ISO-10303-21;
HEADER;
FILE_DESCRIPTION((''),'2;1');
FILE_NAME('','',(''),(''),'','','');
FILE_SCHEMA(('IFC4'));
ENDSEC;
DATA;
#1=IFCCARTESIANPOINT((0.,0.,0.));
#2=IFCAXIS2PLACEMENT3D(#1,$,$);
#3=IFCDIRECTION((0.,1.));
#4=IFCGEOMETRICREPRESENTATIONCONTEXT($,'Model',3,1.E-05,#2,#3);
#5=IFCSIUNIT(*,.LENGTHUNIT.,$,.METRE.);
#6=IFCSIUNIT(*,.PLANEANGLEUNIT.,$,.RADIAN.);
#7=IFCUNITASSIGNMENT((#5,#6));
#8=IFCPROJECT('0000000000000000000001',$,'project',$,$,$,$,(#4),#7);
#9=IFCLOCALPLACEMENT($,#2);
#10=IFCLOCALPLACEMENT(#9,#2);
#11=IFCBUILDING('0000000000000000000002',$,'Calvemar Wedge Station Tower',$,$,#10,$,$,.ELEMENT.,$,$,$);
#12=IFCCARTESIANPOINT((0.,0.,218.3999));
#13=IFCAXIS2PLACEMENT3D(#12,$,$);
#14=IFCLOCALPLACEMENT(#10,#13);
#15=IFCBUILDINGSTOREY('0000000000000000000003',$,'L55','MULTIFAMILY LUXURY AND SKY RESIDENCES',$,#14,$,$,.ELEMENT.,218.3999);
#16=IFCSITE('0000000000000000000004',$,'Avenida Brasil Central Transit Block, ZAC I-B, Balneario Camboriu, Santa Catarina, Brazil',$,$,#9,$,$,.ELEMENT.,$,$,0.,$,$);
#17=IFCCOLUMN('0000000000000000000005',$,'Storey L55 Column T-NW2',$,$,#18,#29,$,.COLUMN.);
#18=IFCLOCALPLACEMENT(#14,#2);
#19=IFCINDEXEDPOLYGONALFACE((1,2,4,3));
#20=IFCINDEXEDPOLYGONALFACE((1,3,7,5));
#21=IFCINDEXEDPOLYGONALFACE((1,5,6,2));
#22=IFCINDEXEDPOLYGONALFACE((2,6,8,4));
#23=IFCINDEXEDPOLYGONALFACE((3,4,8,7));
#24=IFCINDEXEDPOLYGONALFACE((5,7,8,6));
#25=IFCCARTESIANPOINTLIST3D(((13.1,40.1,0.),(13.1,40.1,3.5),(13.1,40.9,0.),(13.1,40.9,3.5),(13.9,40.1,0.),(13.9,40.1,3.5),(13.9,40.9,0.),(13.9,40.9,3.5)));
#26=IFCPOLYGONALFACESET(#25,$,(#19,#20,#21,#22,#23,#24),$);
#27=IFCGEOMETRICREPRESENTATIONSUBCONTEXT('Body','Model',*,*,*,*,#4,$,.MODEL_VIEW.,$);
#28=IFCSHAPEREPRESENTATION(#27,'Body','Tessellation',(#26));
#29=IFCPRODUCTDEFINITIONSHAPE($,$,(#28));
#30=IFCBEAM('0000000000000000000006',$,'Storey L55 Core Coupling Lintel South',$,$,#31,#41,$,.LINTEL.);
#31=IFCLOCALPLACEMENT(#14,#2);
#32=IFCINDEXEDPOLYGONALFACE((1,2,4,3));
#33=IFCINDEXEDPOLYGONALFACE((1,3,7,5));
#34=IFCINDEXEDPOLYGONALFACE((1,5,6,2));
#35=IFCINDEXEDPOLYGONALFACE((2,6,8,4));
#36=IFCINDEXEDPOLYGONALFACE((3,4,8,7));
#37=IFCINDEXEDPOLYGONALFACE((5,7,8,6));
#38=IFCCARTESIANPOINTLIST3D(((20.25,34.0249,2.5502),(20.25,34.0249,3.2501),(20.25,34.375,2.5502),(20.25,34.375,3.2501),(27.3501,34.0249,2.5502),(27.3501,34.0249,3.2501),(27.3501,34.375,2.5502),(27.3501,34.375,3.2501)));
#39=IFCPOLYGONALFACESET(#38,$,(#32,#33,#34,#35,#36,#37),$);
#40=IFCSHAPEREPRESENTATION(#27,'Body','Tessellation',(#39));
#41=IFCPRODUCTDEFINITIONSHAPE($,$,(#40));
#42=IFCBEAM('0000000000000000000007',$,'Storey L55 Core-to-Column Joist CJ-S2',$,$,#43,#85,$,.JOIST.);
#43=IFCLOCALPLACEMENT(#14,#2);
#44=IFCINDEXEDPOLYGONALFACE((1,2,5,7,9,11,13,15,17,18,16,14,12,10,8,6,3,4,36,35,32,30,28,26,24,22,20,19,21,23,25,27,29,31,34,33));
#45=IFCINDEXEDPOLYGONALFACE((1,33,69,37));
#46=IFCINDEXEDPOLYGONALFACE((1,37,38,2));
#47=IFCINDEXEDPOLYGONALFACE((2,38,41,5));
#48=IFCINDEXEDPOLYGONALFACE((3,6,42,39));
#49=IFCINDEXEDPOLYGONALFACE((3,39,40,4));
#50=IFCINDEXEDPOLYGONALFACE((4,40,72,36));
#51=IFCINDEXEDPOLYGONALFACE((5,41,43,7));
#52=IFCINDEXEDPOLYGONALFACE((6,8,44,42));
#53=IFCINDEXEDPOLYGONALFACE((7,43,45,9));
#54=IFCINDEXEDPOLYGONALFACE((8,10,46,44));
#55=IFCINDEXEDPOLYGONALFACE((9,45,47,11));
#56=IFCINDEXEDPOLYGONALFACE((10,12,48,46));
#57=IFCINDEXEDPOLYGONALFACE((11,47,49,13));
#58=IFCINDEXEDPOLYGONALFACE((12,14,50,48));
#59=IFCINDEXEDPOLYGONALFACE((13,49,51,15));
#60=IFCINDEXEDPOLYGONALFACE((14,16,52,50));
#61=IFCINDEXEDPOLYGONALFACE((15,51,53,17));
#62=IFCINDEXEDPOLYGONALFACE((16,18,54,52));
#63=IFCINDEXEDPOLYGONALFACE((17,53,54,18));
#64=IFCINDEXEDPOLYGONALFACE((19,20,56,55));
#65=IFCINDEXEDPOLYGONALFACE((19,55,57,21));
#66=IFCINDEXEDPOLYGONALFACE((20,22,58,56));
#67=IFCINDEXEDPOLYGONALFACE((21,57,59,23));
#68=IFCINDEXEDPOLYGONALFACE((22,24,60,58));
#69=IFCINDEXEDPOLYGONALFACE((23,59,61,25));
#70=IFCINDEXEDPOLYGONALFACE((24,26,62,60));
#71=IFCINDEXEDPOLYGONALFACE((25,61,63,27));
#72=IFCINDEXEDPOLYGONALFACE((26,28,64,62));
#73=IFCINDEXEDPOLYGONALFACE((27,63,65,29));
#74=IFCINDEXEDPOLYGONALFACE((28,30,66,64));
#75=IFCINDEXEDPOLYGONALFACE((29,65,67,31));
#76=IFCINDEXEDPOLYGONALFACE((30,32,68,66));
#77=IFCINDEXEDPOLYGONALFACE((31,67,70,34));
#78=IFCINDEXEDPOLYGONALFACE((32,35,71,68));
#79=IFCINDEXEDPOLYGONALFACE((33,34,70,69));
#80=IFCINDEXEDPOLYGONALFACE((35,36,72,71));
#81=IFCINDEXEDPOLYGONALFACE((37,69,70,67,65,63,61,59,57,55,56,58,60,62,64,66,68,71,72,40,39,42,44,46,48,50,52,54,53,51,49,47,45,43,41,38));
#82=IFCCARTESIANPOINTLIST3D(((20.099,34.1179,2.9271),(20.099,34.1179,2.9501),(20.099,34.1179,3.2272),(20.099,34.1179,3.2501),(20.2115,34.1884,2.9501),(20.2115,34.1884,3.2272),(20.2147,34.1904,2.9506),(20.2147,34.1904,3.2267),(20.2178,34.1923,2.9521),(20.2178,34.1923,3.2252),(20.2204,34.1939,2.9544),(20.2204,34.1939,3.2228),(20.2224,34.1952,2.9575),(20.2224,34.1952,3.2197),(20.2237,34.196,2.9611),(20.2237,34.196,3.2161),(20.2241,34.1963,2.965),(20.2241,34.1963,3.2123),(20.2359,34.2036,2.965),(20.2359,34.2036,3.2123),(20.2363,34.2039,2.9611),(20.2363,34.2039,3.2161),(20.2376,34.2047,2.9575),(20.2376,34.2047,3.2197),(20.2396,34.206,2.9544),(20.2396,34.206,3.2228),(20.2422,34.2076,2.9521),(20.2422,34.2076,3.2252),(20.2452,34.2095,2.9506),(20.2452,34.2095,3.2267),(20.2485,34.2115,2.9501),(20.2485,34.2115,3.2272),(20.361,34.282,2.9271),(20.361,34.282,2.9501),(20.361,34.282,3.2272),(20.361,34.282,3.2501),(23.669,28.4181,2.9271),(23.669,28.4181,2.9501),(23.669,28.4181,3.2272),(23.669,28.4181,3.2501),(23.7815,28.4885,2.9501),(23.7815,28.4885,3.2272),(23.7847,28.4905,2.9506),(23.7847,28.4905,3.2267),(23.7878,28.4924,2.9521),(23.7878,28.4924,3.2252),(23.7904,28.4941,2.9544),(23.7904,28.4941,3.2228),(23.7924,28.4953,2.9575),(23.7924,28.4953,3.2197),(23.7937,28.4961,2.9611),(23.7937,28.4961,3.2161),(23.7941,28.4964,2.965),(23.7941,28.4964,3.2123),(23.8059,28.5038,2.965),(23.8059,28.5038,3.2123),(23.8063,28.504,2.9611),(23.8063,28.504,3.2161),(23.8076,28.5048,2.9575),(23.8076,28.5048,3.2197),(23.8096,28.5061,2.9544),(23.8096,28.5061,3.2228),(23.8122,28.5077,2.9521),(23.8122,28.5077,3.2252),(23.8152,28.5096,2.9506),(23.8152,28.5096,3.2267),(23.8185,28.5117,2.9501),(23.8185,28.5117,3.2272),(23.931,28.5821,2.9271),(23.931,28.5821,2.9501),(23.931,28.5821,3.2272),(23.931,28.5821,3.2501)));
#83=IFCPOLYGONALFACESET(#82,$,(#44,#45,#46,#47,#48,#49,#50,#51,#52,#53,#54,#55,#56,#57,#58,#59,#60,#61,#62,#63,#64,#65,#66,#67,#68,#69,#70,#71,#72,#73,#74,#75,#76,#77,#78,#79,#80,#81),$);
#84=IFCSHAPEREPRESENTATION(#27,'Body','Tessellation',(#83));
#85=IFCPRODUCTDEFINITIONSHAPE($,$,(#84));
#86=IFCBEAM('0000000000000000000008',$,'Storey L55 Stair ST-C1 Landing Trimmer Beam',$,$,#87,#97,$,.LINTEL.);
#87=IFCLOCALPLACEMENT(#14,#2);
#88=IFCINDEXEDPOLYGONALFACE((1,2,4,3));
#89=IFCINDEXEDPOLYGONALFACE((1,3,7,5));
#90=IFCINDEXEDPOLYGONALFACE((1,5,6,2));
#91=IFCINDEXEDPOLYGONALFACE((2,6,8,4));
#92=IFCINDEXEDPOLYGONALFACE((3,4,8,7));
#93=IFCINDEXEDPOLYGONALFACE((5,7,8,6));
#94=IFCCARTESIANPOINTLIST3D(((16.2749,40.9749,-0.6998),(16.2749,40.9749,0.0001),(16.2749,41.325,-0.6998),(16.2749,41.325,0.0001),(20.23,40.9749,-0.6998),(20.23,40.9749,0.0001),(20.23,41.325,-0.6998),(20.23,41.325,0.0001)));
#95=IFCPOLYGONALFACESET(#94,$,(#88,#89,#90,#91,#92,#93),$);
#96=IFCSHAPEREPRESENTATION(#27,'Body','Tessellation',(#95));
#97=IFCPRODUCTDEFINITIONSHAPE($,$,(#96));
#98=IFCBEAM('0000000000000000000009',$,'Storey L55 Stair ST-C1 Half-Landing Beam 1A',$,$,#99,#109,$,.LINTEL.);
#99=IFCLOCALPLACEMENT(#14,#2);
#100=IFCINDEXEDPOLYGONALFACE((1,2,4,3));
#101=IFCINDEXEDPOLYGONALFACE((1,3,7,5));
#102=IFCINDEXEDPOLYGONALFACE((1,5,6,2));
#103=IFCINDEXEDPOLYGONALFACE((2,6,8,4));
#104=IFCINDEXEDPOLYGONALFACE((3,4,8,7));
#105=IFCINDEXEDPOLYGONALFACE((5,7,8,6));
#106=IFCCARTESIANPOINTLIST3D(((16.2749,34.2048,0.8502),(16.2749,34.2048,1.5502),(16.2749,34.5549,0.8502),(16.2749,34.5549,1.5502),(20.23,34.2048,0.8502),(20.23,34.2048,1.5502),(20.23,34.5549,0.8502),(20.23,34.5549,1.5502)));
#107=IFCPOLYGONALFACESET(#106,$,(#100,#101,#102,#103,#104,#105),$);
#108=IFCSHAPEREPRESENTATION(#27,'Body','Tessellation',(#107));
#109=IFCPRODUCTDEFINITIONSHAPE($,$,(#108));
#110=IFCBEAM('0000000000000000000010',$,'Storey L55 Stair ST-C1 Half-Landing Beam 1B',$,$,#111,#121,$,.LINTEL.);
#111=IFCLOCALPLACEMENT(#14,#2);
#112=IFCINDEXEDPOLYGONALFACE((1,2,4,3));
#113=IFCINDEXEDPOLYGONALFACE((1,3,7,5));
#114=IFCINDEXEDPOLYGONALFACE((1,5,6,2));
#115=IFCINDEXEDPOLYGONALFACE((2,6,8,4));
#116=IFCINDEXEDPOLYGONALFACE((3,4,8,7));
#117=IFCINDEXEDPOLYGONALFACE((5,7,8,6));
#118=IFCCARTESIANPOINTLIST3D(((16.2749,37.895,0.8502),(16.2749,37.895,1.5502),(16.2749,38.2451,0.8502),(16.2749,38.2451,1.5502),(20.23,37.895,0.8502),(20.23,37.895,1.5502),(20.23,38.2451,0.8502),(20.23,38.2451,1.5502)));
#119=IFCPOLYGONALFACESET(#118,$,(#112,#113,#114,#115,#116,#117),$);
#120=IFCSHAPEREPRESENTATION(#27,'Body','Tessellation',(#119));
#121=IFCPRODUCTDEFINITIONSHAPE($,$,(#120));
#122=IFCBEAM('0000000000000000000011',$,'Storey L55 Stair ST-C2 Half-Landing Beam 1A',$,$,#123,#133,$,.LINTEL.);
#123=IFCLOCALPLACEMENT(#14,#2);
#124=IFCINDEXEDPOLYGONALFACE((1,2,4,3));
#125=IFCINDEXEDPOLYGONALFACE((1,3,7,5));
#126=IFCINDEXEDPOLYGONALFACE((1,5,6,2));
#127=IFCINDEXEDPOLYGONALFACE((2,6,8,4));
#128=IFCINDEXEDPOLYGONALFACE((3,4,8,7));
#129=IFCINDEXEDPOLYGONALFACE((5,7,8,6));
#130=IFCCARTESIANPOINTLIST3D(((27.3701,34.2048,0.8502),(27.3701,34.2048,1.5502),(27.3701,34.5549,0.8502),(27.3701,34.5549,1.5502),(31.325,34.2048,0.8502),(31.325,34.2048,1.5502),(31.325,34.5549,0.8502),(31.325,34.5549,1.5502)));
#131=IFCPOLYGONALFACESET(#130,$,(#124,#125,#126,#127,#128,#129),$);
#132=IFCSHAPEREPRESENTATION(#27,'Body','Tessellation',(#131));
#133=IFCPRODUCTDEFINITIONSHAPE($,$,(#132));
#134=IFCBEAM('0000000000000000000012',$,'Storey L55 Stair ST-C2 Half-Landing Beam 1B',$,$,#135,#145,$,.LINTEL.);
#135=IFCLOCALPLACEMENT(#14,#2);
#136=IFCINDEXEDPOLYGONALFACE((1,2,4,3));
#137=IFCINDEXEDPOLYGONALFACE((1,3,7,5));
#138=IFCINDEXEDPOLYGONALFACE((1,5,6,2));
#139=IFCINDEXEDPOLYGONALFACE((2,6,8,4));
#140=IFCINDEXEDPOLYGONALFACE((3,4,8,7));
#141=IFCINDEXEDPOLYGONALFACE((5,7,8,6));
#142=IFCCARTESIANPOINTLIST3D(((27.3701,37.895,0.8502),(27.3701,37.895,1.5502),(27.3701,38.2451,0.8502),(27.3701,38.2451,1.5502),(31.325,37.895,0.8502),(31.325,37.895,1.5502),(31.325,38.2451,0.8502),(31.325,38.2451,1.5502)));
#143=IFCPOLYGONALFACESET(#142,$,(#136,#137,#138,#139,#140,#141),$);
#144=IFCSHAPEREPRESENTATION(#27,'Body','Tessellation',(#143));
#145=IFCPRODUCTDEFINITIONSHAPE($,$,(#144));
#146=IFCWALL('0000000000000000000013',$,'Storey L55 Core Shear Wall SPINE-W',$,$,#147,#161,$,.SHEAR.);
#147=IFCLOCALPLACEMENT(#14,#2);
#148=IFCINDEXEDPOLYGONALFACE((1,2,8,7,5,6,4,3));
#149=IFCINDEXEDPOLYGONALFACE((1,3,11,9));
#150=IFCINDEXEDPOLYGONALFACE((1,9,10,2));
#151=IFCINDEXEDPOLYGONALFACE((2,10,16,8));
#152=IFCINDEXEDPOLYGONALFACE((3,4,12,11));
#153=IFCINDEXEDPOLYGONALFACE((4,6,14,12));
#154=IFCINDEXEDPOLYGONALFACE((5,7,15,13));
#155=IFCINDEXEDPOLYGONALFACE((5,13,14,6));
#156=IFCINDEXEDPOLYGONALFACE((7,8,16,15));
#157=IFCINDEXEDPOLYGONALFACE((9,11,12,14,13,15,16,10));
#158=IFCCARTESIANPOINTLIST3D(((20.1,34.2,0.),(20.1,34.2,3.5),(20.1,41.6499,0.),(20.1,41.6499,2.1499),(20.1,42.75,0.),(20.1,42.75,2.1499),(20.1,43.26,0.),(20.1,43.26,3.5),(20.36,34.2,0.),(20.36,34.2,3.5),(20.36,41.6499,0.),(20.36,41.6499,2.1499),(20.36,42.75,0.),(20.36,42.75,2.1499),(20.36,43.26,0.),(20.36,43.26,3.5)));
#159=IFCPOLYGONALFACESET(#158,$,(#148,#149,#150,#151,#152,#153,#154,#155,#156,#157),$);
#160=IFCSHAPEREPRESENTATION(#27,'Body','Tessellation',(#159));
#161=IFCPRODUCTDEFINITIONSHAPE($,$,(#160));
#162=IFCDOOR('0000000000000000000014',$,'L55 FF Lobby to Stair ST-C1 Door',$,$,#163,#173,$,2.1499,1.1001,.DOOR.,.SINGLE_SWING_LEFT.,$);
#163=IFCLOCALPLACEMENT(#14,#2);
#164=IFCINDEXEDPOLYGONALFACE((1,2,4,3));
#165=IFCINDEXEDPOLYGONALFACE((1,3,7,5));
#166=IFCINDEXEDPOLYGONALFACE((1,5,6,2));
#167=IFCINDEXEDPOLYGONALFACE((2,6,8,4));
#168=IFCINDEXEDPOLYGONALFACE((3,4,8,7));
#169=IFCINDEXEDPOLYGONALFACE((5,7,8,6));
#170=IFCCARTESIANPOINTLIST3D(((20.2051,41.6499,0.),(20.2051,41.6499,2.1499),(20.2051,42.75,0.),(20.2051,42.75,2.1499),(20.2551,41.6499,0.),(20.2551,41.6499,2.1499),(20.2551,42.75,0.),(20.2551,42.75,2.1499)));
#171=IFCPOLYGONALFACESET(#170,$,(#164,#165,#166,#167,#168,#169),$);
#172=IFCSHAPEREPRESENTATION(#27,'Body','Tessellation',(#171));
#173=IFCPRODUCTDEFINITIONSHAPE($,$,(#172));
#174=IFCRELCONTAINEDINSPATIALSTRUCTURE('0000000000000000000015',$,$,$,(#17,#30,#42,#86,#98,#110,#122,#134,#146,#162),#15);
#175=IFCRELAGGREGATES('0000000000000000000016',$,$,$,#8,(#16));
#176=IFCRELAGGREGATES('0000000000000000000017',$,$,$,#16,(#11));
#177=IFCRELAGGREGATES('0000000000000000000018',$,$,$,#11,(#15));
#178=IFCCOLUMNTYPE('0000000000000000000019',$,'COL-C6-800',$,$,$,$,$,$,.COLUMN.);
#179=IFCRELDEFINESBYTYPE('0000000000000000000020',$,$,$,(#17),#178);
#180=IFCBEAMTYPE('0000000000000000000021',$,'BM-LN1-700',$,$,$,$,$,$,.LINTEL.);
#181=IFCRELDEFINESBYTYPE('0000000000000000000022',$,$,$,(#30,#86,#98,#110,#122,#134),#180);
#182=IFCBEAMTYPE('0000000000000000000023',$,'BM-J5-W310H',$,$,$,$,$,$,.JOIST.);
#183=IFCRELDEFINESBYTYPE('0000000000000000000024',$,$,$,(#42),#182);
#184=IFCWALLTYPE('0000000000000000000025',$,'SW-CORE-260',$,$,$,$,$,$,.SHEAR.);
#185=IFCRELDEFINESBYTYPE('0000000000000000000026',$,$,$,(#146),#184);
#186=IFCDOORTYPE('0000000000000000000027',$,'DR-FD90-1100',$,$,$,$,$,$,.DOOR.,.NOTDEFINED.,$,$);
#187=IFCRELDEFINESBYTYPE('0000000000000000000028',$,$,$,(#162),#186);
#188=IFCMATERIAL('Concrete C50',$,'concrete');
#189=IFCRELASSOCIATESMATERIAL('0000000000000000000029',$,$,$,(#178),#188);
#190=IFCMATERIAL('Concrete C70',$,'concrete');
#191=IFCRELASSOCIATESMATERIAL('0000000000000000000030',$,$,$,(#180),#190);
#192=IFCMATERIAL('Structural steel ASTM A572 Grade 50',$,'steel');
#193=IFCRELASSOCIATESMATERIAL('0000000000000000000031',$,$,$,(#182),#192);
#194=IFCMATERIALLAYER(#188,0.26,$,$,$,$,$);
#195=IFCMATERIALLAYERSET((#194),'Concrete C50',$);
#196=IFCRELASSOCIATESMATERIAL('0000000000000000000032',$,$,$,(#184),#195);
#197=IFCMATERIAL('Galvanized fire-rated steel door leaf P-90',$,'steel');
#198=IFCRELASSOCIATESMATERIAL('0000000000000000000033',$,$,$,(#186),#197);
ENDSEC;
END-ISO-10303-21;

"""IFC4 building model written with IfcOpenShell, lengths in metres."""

from ifc_helpers import new_model, si_unit, direction, frame, frame_2d, origin, origin_2d, place, context, subcontext, project, spatial, rectangle, i_section, extrude, source, transform, mapped, material, layer, layer_set, material_profile, profile_set, type_object, element, fill, save


model = new_model("IFC4")

# Units and contexts
model_context = context("Model", 3, precision=1e-05, world=origin(), true_north=direction((0.0, 1.0)))
body_context = subcontext(model_context, "Body", "Model", "MODEL_VIEW")
ifc_project = project(units=[si_unit("LENGTHUNIT", "METRE"), si_unit("PLANEANGLEUNIT", "RADIAN")], contexts=[model_context])

# Site, building, storey
site_placement = place(None, origin())
site = spatial("IfcSite", under=ifc_project, at=site_placement, Name="Avenida Brasil Central Transit Block, ZAC I-B, Balneario Camboriu, Santa Catarina, Brazil", CompositionType="ELEMENT", RefElevation=0.0)
building_placement = place(site_placement, origin())
building = spatial("IfcBuilding", under=site, at=building_placement, Name="Calvemar Wedge Station Tower", CompositionType="ELEMENT")
storey_placement = place(building_placement, frame((0.0, 0.0, 218.3999)))
storey = spatial("IfcBuildingStorey", under=building, at=storey_placement, Name="L55", Description="MULTIFAMILY LUXURY AND SKY RESIDENCES", CompositionType="ELEMENT", Elevation=218.3999)

# Column
ifc_material_1 = material(Name="Concrete C50", Category="concrete")
ifc_material_profile_1 = material_profile(ifc_material_1, rectangle(XDim=0.8, YDim=0.8, at=origin_2d()), Name="RC800x800")
ifc_profile_set_1 = profile_set([ifc_material_profile_1], Name="Concrete C50")
column_type = type_object("IfcColumnType", Name="COL-C6-800", PredefinedType="COLUMN", material=ifc_profile_set_1)
shared_shape_1 = source(origin(), body_context, "Body", "SweptSolid", [
    extrude(rectangle(XDim=0.8, YDim=0.8, at=origin_2d()), origin(), (0.0, 0.0, 1.0), 3.5),
])
column_placement = place(storey_placement, frame((13.5, 40.5, 0.0), z_axis=(0.0, 0.0, 1.0), x_axis=(1.0, 0.0, 0.0)))
element("IfcColumn", 1, at=column_placement, inside=storey, type_object=column_type, Name="Storey L55 Column T-NW2", PredefinedType="COLUMN", context=body_context, shape_type="MappedRepresentation", body=[
    mapped(shared_shape_1, transform((0.0, 0.0, 0.0), scale=1.0)),
])

# Beams
ifc_material_2 = material(Name="Concrete C70", Category="concrete")
ifc_material_profile_2 = material_profile(ifc_material_2, rectangle(XDim=0.3501, YDim=0.7, at=origin_2d()), Name="RC350x700")
ifc_profile_set_2 = profile_set([ifc_material_profile_2], Name="Concrete C70")
beam_type_1 = type_object("IfcBeamType", Name="BM-LN1-700", PredefinedType="LINTEL", material=ifc_profile_set_2)
shared_shape_2 = source(origin(), body_context, "Body", "SweptSolid", [
    extrude(rectangle(XDim=0.3501, YDim=0.7, at=origin_2d()), origin(), (0.0, 0.0, 1.0), 7.1001),
])
beam_1_placement = place(storey_placement, frame((20.25, 34.2, 2.9001), z_axis=(1.0, 0.0, 0.0), x_axis=(0.0, 1.0, 0.0)))
element("IfcBeam", 2, at=beam_1_placement, inside=storey, type_object=beam_type_1, Name="Storey L55 Core Coupling Lintel South", PredefinedType="LINTEL", context=body_context, shape_type="MappedRepresentation", body=[
    mapped(shared_shape_2, transform((0.0, 0.0, 0.0), scale=1.0)),
])
ifc_material_3 = material(Name="Structural steel ASTM A572 Grade 50", Category="steel")
ifc_material_profile_3 = material_profile(ifc_material_3, i_section(OverallWidth=0.3091, OverallDepth=0.323, WebThickness=0.0139, FlangeThickness=0.0229, FilletRadius=0.0149, at=origin_2d()), Name="W310x143")
ifc_profile_set_3 = profile_set([ifc_material_profile_3], Name="Structural steel ASTM A572 Grade 50")
beam_type_2 = type_object("IfcBeamType", Name="BM-J5-W310H", PredefinedType="JOIST", material=ifc_profile_set_3)
shared_shape_3 = source(origin(), body_context, "Body", "SweptSolid", [
    extrude(i_section(OverallWidth=0.3091, OverallDepth=0.323, WebThickness=0.0139, FlangeThickness=0.0229, FilletRadius=0.0149, at=origin_2d()), origin(), (0.0, 0.0, 1.0), 6.7256),
])
beam_2_placement = place(storey_placement, frame((20.23, 34.2, 3.0886), z_axis=(0.530811, -0.84749, 0.0), x_axis=(0.84749, 0.530811, 0.0)))
element("IfcBeam", 3, at=beam_2_placement, inside=storey, type_object=beam_type_2, Name="Storey L55 Core-to-Column Joist CJ-S2", PredefinedType="JOIST", context=body_context, shape_type="MappedRepresentation", body=[
    mapped(shared_shape_3, transform((0.0, 0.0, 0.0), scale=1.0)),
])
shared_shape_4 = source(origin(), body_context, "Body", "SweptSolid", [
    extrude(rectangle(XDim=0.3501, YDim=0.7, at=origin_2d()), origin(), (0.0, 0.0, 1.0), 3.9551),
])
for number, where, z_axis, x_axis, name in (
    (4, (16.2749, 41.1499, -0.3499), (1.0, 0.0, 0.0), (0.0, 1.0, 0.0), "Storey L55 Stair ST-C1 Landing Trimmer Beam"),
    (5, (16.2749, 34.3799, 1.2002), (1.0, 0.0, 0.0), (0.0, 1.0, 0.0), "Storey L55 Stair ST-C1 Half-Landing Beam 1A"),
    (6, (16.2749, 38.0701, 1.2002), (1.0, 0.0, 0.0), (0.0, 1.0, 0.0), "Storey L55 Stair ST-C1 Half-Landing Beam 1B"),
):
    element("IfcBeam", number, at=place(storey_placement, frame(where, z_axis=z_axis, x_axis=x_axis)), inside=storey, type_object=beam_type_1, Name=name, PredefinedType="LINTEL", context=body_context, shape_type="MappedRepresentation", body=[
        mapped(shared_shape_4, transform((0.0, 0.0, 0.0), scale=1.0)),
    ])
shared_shape_5 = source(origin(), body_context, "Body", "SweptSolid", [
    extrude(rectangle(XDim=0.3501, YDim=0.7, at=origin_2d()), origin(), (0.0, 0.0, 1.0), 3.9548),
])
for number, where, z_axis, x_axis, name in (
    (7, (27.3701, 34.3799, 1.2002), (1.0, 0.0, 0.0), (0.0, 1.0, 0.0), "Storey L55 Stair ST-C2 Half-Landing Beam 1A"),
    (8, (27.3701, 38.0701, 1.2002), (1.0, 0.0, 0.0), (0.0, 1.0, 0.0), "Storey L55 Stair ST-C2 Half-Landing Beam 1B"),
):
    element("IfcBeam", number, at=place(storey_placement, frame(where, z_axis=z_axis, x_axis=x_axis)), inside=storey, type_object=beam_type_1, Name=name, PredefinedType="LINTEL", context=body_context, shape_type="MappedRepresentation", body=[
        mapped(shared_shape_5, transform((0.0, 0.0, 0.0), scale=1.0)),
    ])

# Wall, opening, door
ifc_layer_1 = layer(ifc_material_1, 0.26)
ifc_layer_set_1 = layer_set([ifc_layer_1], Name="Concrete C50")
wall_type_1 = type_object("IfcWallType", Name="SW-CORE-260", PredefinedType="SHEAR", material=ifc_layer_set_1)
wall_1_placement = place(storey_placement, frame((20.23, 34.2, 0.0), z_axis=(0.0, 0.0, 1.0), x_axis=(0.0, 1.0, 0.0)))
wall_1 = element("IfcWall", 9, at=wall_1_placement, inside=storey, type_object=wall_type_1, Name="Storey L55 Core Shear Wall SPINE-W", PredefinedType="SHEAR", context=body_context, shape_type="SweptSolid", body=[
    extrude(rectangle(XDim=9.0601, YDim=0.26, at=frame_2d((4.53, 0.0))), origin(), (0.0, 0.0, 1.0), 3.5),
])
shared_shape_6 = source(origin(), body_context, "Body", "SweptSolid", [
    extrude(rectangle(XDim=1.1001, YDim=2.1499, at=frame_2d((0.55, 1.075))), frame((0.0, 0.1401, 0.0), z_axis=(0.0, -1.0, 0.0), x_axis=(1.0, 0.0, 0.0)), (0.0, 0.0, 1.0), 0.28),
])
opening_1_placement = place(wall_1_placement, frame((7.45, 0.0, 0.0)))
opening_1 = element("IfcOpeningElement", 10, at=opening_1_placement, cuts=wall_1, PredefinedType="OPENING", context=body_context, shape_type="MappedRepresentation", body=[
    mapped(shared_shape_6, transform((0.0, 0.0, 0.0), scale=1.0)),
])
ifc_material_4 = material(Name="Galvanized fire-rated steel door leaf P-90", Category="steel")
door_type_1 = type_object("IfcDoorType", Name="DR-FD90-1100", OperationType="NOTDEFINED", PredefinedType="DOOR", material=ifc_material_4)
shared_shape_7 = source(origin(), body_context, "Body", "SweptSolid", [
    extrude(rectangle(XDim=1.1001, YDim=2.1499, at=frame_2d((0.55, 1.075))), frame((0.0, 0.0249, 0.0), z_axis=(0.0, -1.0, 0.0), x_axis=(1.0, 0.0, 0.0)), (0.0, 0.0, 1.0), 0.05),
])
door_1_placement = place(opening_1_placement, origin())
door_1 = element("IfcDoor", 11, at=door_1_placement, inside=storey, type_object=door_type_1, Name="L55 FF Lobby to Stair ST-C1 Door", OperationType="SINGLE_SWING_LEFT", OverallHeight=2.1499, OverallWidth=1.1001, PredefinedType="DOOR", context=body_context, shape_type="MappedRepresentation", body=[
    mapped(shared_shape_7, transform((0.0, 0.0, 0.0), scale=1.0)),
])
fill(opening_1, door_1)

save(model, "model.ifc")
